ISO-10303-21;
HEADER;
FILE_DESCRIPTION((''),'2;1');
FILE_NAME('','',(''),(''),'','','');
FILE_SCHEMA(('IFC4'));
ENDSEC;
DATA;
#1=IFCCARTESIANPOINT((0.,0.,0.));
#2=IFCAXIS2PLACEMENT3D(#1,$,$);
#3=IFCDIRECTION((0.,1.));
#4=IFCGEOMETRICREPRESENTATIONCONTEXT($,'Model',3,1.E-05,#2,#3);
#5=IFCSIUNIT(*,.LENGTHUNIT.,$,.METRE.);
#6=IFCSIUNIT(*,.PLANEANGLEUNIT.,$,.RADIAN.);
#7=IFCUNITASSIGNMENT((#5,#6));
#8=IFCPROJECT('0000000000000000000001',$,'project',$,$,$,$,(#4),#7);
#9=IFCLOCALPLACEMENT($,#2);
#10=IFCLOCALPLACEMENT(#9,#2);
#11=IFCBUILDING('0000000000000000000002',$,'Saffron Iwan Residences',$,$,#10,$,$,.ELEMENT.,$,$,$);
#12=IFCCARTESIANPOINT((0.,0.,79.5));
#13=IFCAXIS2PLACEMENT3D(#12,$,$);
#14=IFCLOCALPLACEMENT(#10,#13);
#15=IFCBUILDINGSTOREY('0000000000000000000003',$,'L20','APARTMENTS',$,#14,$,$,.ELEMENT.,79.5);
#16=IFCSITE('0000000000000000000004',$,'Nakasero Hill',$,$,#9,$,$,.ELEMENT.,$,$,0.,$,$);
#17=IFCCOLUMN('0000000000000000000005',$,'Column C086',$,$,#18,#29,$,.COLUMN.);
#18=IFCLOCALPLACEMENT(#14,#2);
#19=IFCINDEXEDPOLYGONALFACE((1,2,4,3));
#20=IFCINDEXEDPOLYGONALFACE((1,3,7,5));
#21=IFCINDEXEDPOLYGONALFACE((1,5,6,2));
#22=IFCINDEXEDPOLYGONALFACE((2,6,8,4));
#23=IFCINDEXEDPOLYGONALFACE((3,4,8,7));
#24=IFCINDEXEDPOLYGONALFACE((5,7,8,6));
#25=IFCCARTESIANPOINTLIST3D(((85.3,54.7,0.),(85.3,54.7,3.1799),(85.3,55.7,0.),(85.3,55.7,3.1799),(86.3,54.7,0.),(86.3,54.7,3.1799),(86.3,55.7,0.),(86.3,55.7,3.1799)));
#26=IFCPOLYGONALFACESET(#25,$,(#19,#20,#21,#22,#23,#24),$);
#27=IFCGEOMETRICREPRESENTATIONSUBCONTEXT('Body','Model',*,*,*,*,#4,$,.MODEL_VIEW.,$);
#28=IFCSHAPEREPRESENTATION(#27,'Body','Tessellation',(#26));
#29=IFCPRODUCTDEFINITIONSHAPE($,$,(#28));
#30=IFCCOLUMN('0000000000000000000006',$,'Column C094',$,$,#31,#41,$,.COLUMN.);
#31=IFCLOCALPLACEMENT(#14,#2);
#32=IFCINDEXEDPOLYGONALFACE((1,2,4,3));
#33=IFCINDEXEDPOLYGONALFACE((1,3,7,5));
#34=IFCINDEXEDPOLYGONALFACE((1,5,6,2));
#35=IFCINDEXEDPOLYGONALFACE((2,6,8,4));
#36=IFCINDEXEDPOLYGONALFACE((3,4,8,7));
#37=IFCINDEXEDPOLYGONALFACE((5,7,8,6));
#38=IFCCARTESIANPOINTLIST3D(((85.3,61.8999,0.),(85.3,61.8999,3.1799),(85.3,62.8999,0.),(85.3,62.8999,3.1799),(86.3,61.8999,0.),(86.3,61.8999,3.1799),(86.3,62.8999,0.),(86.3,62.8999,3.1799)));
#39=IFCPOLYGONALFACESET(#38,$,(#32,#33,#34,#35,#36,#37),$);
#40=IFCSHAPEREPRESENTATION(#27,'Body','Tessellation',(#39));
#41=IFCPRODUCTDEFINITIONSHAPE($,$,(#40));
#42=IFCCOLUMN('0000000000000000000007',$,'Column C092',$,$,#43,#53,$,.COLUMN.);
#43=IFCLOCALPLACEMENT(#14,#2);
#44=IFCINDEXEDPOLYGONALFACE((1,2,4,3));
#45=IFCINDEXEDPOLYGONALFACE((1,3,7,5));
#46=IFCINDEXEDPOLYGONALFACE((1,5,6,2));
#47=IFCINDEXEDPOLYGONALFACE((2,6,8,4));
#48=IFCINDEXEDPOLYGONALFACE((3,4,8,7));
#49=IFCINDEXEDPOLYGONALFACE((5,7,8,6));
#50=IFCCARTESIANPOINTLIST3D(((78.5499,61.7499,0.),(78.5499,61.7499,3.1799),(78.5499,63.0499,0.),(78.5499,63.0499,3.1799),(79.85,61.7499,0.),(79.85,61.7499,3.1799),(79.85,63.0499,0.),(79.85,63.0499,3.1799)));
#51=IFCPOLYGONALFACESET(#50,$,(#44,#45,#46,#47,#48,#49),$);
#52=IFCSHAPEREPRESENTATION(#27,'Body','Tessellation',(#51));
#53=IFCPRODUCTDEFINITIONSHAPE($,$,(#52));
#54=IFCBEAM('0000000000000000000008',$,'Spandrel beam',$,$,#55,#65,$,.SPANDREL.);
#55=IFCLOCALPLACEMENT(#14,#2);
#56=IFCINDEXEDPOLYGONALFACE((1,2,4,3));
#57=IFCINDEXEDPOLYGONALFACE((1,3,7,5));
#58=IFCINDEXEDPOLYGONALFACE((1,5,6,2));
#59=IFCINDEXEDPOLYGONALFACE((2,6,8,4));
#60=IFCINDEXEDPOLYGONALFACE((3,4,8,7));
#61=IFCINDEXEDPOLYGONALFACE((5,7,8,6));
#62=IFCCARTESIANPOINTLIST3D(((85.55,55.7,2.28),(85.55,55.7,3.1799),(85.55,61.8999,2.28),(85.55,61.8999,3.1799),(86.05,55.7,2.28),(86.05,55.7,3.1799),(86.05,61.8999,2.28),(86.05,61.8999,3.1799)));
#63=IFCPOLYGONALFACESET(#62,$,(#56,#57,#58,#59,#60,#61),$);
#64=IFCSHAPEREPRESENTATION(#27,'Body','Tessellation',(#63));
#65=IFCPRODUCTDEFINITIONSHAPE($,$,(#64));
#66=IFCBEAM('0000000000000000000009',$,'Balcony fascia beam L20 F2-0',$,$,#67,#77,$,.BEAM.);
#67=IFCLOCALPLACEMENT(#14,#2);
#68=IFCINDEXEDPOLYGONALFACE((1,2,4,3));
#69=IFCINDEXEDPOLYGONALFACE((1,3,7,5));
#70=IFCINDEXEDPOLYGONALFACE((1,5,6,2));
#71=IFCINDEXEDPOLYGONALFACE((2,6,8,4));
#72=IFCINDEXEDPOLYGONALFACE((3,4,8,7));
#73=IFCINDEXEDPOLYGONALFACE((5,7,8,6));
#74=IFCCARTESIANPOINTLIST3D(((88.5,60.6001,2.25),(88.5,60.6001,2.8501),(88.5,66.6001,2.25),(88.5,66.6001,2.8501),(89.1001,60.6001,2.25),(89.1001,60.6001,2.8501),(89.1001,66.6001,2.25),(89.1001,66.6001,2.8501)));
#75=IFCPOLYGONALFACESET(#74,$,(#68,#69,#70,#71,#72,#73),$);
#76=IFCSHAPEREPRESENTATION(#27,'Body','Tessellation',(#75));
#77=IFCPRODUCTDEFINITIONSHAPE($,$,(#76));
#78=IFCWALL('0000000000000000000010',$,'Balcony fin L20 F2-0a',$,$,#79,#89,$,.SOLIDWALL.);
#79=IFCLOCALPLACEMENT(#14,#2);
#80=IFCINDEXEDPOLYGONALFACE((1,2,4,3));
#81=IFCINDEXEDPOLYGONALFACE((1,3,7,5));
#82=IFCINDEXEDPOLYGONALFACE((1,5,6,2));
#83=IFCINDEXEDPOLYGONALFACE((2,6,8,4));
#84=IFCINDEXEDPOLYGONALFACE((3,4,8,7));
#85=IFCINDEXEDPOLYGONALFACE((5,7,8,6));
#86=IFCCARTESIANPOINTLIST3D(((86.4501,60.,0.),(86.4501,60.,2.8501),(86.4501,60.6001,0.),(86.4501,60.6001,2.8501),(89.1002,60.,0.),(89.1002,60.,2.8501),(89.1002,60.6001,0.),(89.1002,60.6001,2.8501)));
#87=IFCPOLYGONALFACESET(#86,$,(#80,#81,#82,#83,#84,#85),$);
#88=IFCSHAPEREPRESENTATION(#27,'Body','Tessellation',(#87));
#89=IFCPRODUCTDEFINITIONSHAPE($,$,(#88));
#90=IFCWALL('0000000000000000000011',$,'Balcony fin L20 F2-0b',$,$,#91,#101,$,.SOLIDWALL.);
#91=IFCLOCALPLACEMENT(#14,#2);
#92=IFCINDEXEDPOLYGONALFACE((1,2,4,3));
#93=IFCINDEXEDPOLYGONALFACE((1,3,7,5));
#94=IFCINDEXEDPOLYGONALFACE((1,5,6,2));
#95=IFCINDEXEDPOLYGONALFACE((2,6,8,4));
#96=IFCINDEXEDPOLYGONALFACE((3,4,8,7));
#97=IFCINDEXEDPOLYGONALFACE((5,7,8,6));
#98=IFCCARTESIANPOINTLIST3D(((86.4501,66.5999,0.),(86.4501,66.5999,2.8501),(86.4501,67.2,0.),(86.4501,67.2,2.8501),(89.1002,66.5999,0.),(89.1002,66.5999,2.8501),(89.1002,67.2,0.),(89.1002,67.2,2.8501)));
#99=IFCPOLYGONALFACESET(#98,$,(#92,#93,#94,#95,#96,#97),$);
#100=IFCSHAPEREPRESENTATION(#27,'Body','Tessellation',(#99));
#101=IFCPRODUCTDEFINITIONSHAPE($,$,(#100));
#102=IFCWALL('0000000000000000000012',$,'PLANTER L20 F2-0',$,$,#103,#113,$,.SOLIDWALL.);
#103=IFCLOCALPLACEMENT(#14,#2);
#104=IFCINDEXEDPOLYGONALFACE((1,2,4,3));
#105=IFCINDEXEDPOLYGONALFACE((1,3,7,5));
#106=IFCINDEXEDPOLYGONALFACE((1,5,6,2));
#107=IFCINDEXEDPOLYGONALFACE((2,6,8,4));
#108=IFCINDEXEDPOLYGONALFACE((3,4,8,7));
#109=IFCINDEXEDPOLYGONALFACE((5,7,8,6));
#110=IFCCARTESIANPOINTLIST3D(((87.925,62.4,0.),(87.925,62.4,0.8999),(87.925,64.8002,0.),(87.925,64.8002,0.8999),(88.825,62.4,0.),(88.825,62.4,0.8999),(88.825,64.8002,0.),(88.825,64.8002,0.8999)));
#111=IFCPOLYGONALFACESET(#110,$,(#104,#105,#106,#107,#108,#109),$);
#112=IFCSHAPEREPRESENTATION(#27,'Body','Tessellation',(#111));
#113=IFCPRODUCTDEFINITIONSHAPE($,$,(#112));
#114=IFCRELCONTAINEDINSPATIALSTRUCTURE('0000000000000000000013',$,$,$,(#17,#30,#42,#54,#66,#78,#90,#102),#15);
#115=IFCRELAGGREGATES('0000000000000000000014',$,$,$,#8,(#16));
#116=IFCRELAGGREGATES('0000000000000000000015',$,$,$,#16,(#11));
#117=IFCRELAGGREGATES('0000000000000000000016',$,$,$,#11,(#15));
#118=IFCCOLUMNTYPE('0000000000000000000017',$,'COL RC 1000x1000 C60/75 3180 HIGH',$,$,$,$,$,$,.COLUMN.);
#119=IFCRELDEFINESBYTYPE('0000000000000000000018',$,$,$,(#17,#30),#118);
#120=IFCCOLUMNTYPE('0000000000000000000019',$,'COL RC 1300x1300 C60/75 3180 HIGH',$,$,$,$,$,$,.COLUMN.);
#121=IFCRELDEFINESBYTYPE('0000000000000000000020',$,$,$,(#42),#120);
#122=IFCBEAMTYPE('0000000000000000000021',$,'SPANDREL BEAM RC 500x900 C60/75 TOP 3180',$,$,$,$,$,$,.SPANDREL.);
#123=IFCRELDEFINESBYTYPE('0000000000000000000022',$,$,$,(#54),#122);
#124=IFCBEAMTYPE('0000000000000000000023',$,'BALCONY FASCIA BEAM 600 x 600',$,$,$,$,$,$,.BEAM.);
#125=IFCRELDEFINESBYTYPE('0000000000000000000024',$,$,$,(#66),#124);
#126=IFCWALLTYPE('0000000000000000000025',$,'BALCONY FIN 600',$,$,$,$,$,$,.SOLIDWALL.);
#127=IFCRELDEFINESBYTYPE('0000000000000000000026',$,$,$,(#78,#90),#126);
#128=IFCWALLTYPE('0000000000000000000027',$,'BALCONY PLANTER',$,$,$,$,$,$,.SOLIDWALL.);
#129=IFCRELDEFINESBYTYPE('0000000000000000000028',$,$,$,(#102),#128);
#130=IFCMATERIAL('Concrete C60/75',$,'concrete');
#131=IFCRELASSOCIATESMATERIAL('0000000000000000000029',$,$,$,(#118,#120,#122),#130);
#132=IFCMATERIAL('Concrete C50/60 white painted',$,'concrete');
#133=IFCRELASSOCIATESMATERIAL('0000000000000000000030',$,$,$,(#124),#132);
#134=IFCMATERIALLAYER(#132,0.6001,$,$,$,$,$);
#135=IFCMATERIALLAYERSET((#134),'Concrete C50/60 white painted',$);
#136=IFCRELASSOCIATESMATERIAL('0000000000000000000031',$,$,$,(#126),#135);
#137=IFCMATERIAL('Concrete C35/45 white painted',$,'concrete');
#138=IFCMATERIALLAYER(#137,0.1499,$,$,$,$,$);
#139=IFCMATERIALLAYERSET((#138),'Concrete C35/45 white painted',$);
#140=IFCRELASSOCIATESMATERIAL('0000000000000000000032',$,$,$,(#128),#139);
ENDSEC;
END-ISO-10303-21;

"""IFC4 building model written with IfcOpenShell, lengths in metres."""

from ifc_helpers import new_model, si_unit, direction, frame, frame_2d, origin, origin_2d, place, context, subcontext, project, spatial, rectangle, extrude, source, transform, mapped, material, layer, layer_set, material_profile, profile_set, type_object, element, save


model = new_model("IFC4")

# Units and contexts
model_context = context("Model", 3, precision=1e-05, world=origin(), true_north=direction((0.0, 1.0)))
body_context = subcontext(model_context, "Body", "Model", "MODEL_VIEW")
ifc_project = project(units=[si_unit("LENGTHUNIT", "METRE"), si_unit("PLANEANGLEUNIT", "RADIAN")], contexts=[model_context])

# Site, building, storey
site_placement = place(None, origin())
site = spatial("IfcSite", under=ifc_project, at=site_placement, Name="Nakasero Hill", CompositionType="ELEMENT", RefElevation=0.0)
building_placement = place(site_placement, origin())
building = spatial("IfcBuilding", under=site, at=building_placement, Name="Saffron Iwan Residences", CompositionType="ELEMENT")
storey_placement = place(building_placement, frame((0.0, 0.0, 79.5)))
storey = spatial("IfcBuildingStorey", under=building, at=storey_placement, Name="L20", Description="APARTMENTS", CompositionType="ELEMENT", Elevation=79.5)

# Columns
ifc_material_1 = material(Name="Concrete C60/75", Category="concrete")
ifc_material_profile_1 = material_profile(ifc_material_1, rectangle(XDim=1.0, YDim=1.0, at=origin_2d()), Name="RC 1000x1000")
ifc_profile_set_1 = profile_set([ifc_material_profile_1], Name="Concrete C60/75")
column_type_1 = type_object("IfcColumnType", Name="COL RC 1000x1000 C60/75 3180 HIGH", PredefinedType="COLUMN", material=ifc_profile_set_1)
shared_shape_1 = source(origin(), body_context, "Body", "SweptSolid", [
    extrude(rectangle(XDim=1.0, YDim=1.0, at=origin_2d()), origin(), (0.0, 0.0, 1.0), 3.1799),
])
for number, where, z_axis, x_axis, name in (
    (1, (85.8, 55.2, 0.0), (0.0, 0.0, 1.0), (1.0, 0.0, 0.0), "Column C086"),
    (2, (85.8, 62.3999, 0.0), (0.0, 0.0, 1.0), (1.0, 0.0, 0.0), "Column C094"),
):
    element("IfcColumn", number, at=place(storey_placement, frame(where, z_axis=z_axis, x_axis=x_axis)), inside=storey, type_object=column_type_1, Name=name, PredefinedType="COLUMN", context=body_context, shape_type="MappedRepresentation", body=[
        mapped(shared_shape_1, transform((0.0, 0.0, 0.0))),
    ])
ifc_material_profile_2 = material_profile(ifc_material_1, rectangle(XDim=1.3, YDim=1.3, at=origin_2d()), Name="RC 1300x1300")
ifc_profile_set_2 = profile_set([ifc_material_profile_2], Name="Concrete C60/75")
column_type_2 = type_object("IfcColumnType", Name="COL RC 1300x1300 C60/75 3180 HIGH", PredefinedType="COLUMN", material=ifc_profile_set_2)
shared_shape_2 = source(origin(), body_context, "Body", "SweptSolid", [
    extrude(rectangle(XDim=1.3, YDim=1.3, at=origin_2d()), origin(), (0.0, 0.0, 1.0), 3.1799),
])
column_placement = place(storey_placement, frame((79.2, 62.3999, 0.0), z_axis=(0.0, 0.0, 1.0), x_axis=(1.0, 0.0, 0.0)))
element("IfcColumn", 3, at=column_placement, inside=storey, type_object=column_type_2, Name="Column C092", PredefinedType="COLUMN", context=body_context, shape_type="MappedRepresentation", body=[
    mapped(shared_shape_2, transform((0.0, 0.0, 0.0))),
])

# Beams
ifc_material_profile_3 = material_profile(ifc_material_1, rectangle(XDim=0.5, YDim=0.8999, at=origin_2d()), Name="RC 500x900")
ifc_profile_set_3 = profile_set([ifc_material_profile_3], Name="Concrete C60/75")
beam_type_1 = type_object("IfcBeamType", Name="SPANDREL BEAM RC 500x900 C60/75 TOP 3180", PredefinedType="SPANDREL", material=ifc_profile_set_3)
shared_shape_3 = source(origin(), body_context, "Body", "SweptSolid", [
    extrude(rectangle(XDim=0.5, YDim=0.8999, at=origin_2d()), origin(), (0.0, 0.0, 1.0), 6.2),
])
beam_1_placement = place(storey_placement, frame((85.8, 61.8999, 2.73), z_axis=(0.0, -1.0, 0.0), x_axis=(1.0, 0.0, 0.0)))
element("IfcBeam", 4, at=beam_1_placement, inside=storey, type_object=beam_type_1, Name="Spandrel beam", PredefinedType="SPANDREL", context=body_context, shape_type="MappedRepresentation", body=[
    mapped(shared_shape_3, transform((0.0, 0.0, 0.0))),
])
ifc_material_2 = material(Name="Concrete C50/60 white painted", Category="concrete")
ifc_material_profile_4 = material_profile(ifc_material_2, rectangle(XDim=0.6001, YDim=0.6001, at=origin_2d()), Name="BALCONY FASCIA BEAM 600 x 600")
ifc_profile_set_4 = profile_set([ifc_material_profile_4], Name="Concrete C50/60 white painted")
beam_type_2 = type_object("IfcBeamType", Name="BALCONY FASCIA BEAM 600 x 600", PredefinedType="BEAM", material=ifc_profile_set_4)
shared_shape_4 = source(origin(), body_context, "Body", "SweptSolid", [
    extrude(rectangle(XDim=0.6001, YDim=0.6001, at=origin_2d()), origin(), (0.0, 0.0, 1.0), 6.0),
])
beam_2_placement = place(storey_placement, frame((88.8, 60.6001, 2.55), z_axis=(0.0, 1.0, 0.0), x_axis=(-1.0, 0.0, 0.0)))
element("IfcBeam", 5, at=beam_2_placement, inside=storey, type_object=beam_type_2, Name="Balcony fascia beam L20 F2-0", PredefinedType="BEAM", context=body_context, shape_type="MappedRepresentation", body=[
    mapped(shared_shape_4, transform((0.0, 0.0, 0.0))),
])

# Walls
ifc_layer_1 = layer(ifc_material_2, 0.6001)
ifc_layer_set_1 = layer_set([ifc_layer_1], Name="Concrete C50/60 white painted")
wall_type_1 = type_object("IfcWallType", Name="BALCONY FIN 600", PredefinedType="SOLIDWALL", material=ifc_layer_set_1)
for number, where, z_axis, x_axis, name in (
    (6, (86.45, 60.3, 0.0), (0.0, 0.0, 1.0), (1.0, 0.0, 0.0), "Balcony fin L20 F2-0a"),
    (7, (86.45, 66.8999, 0.0), (0.0, 0.0, 1.0), (1.0, 0.0, 0.0), "Balcony fin L20 F2-0b"),
):
    element("IfcWall", number, at=place(storey_placement, frame(where, z_axis=z_axis, x_axis=x_axis)), inside=storey, type_object=wall_type_1, Name=name, PredefinedType="SOLIDWALL", context=body_context, shape_type="SweptSolid", body=[
        extrude(rectangle(XDim=2.6501, YDim=0.6001, at=frame_2d((1.3252, 0.0))), origin(), (0.0, 0.0, 1.0), 2.8501),
    ])
ifc_material_3 = material(Name="Concrete C35/45 white painted", Category="concrete")
ifc_layer_2 = layer(ifc_material_3, 0.1499)
ifc_layer_set_2 = layer_set([ifc_layer_2], Name="Concrete C35/45 white painted")
wall_type_2 = type_object("IfcWallType", Name="BALCONY PLANTER", PredefinedType="SOLIDWALL", material=ifc_layer_set_2)
wall_1_placement = place(storey_placement, frame((88.375, 62.3999, 0.0), z_axis=(0.0, 0.0, 1.0), x_axis=(0.0, 1.0, 0.0)))
element("IfcWall", 8, at=wall_1_placement, inside=storey, type_object=wall_type_2, Name="PLANTER L20 F2-0", PredefinedType="SOLIDWALL", context=body_context, shape_type="SweptSolid", body=[
    extrude(rectangle(XDim=2.4001, YDim=0.8999, at=frame_2d((1.2002, 0.0))), origin(), (0.0, 0.0, 1.0), 0.8999),
])

save(model, "model.ifc")
